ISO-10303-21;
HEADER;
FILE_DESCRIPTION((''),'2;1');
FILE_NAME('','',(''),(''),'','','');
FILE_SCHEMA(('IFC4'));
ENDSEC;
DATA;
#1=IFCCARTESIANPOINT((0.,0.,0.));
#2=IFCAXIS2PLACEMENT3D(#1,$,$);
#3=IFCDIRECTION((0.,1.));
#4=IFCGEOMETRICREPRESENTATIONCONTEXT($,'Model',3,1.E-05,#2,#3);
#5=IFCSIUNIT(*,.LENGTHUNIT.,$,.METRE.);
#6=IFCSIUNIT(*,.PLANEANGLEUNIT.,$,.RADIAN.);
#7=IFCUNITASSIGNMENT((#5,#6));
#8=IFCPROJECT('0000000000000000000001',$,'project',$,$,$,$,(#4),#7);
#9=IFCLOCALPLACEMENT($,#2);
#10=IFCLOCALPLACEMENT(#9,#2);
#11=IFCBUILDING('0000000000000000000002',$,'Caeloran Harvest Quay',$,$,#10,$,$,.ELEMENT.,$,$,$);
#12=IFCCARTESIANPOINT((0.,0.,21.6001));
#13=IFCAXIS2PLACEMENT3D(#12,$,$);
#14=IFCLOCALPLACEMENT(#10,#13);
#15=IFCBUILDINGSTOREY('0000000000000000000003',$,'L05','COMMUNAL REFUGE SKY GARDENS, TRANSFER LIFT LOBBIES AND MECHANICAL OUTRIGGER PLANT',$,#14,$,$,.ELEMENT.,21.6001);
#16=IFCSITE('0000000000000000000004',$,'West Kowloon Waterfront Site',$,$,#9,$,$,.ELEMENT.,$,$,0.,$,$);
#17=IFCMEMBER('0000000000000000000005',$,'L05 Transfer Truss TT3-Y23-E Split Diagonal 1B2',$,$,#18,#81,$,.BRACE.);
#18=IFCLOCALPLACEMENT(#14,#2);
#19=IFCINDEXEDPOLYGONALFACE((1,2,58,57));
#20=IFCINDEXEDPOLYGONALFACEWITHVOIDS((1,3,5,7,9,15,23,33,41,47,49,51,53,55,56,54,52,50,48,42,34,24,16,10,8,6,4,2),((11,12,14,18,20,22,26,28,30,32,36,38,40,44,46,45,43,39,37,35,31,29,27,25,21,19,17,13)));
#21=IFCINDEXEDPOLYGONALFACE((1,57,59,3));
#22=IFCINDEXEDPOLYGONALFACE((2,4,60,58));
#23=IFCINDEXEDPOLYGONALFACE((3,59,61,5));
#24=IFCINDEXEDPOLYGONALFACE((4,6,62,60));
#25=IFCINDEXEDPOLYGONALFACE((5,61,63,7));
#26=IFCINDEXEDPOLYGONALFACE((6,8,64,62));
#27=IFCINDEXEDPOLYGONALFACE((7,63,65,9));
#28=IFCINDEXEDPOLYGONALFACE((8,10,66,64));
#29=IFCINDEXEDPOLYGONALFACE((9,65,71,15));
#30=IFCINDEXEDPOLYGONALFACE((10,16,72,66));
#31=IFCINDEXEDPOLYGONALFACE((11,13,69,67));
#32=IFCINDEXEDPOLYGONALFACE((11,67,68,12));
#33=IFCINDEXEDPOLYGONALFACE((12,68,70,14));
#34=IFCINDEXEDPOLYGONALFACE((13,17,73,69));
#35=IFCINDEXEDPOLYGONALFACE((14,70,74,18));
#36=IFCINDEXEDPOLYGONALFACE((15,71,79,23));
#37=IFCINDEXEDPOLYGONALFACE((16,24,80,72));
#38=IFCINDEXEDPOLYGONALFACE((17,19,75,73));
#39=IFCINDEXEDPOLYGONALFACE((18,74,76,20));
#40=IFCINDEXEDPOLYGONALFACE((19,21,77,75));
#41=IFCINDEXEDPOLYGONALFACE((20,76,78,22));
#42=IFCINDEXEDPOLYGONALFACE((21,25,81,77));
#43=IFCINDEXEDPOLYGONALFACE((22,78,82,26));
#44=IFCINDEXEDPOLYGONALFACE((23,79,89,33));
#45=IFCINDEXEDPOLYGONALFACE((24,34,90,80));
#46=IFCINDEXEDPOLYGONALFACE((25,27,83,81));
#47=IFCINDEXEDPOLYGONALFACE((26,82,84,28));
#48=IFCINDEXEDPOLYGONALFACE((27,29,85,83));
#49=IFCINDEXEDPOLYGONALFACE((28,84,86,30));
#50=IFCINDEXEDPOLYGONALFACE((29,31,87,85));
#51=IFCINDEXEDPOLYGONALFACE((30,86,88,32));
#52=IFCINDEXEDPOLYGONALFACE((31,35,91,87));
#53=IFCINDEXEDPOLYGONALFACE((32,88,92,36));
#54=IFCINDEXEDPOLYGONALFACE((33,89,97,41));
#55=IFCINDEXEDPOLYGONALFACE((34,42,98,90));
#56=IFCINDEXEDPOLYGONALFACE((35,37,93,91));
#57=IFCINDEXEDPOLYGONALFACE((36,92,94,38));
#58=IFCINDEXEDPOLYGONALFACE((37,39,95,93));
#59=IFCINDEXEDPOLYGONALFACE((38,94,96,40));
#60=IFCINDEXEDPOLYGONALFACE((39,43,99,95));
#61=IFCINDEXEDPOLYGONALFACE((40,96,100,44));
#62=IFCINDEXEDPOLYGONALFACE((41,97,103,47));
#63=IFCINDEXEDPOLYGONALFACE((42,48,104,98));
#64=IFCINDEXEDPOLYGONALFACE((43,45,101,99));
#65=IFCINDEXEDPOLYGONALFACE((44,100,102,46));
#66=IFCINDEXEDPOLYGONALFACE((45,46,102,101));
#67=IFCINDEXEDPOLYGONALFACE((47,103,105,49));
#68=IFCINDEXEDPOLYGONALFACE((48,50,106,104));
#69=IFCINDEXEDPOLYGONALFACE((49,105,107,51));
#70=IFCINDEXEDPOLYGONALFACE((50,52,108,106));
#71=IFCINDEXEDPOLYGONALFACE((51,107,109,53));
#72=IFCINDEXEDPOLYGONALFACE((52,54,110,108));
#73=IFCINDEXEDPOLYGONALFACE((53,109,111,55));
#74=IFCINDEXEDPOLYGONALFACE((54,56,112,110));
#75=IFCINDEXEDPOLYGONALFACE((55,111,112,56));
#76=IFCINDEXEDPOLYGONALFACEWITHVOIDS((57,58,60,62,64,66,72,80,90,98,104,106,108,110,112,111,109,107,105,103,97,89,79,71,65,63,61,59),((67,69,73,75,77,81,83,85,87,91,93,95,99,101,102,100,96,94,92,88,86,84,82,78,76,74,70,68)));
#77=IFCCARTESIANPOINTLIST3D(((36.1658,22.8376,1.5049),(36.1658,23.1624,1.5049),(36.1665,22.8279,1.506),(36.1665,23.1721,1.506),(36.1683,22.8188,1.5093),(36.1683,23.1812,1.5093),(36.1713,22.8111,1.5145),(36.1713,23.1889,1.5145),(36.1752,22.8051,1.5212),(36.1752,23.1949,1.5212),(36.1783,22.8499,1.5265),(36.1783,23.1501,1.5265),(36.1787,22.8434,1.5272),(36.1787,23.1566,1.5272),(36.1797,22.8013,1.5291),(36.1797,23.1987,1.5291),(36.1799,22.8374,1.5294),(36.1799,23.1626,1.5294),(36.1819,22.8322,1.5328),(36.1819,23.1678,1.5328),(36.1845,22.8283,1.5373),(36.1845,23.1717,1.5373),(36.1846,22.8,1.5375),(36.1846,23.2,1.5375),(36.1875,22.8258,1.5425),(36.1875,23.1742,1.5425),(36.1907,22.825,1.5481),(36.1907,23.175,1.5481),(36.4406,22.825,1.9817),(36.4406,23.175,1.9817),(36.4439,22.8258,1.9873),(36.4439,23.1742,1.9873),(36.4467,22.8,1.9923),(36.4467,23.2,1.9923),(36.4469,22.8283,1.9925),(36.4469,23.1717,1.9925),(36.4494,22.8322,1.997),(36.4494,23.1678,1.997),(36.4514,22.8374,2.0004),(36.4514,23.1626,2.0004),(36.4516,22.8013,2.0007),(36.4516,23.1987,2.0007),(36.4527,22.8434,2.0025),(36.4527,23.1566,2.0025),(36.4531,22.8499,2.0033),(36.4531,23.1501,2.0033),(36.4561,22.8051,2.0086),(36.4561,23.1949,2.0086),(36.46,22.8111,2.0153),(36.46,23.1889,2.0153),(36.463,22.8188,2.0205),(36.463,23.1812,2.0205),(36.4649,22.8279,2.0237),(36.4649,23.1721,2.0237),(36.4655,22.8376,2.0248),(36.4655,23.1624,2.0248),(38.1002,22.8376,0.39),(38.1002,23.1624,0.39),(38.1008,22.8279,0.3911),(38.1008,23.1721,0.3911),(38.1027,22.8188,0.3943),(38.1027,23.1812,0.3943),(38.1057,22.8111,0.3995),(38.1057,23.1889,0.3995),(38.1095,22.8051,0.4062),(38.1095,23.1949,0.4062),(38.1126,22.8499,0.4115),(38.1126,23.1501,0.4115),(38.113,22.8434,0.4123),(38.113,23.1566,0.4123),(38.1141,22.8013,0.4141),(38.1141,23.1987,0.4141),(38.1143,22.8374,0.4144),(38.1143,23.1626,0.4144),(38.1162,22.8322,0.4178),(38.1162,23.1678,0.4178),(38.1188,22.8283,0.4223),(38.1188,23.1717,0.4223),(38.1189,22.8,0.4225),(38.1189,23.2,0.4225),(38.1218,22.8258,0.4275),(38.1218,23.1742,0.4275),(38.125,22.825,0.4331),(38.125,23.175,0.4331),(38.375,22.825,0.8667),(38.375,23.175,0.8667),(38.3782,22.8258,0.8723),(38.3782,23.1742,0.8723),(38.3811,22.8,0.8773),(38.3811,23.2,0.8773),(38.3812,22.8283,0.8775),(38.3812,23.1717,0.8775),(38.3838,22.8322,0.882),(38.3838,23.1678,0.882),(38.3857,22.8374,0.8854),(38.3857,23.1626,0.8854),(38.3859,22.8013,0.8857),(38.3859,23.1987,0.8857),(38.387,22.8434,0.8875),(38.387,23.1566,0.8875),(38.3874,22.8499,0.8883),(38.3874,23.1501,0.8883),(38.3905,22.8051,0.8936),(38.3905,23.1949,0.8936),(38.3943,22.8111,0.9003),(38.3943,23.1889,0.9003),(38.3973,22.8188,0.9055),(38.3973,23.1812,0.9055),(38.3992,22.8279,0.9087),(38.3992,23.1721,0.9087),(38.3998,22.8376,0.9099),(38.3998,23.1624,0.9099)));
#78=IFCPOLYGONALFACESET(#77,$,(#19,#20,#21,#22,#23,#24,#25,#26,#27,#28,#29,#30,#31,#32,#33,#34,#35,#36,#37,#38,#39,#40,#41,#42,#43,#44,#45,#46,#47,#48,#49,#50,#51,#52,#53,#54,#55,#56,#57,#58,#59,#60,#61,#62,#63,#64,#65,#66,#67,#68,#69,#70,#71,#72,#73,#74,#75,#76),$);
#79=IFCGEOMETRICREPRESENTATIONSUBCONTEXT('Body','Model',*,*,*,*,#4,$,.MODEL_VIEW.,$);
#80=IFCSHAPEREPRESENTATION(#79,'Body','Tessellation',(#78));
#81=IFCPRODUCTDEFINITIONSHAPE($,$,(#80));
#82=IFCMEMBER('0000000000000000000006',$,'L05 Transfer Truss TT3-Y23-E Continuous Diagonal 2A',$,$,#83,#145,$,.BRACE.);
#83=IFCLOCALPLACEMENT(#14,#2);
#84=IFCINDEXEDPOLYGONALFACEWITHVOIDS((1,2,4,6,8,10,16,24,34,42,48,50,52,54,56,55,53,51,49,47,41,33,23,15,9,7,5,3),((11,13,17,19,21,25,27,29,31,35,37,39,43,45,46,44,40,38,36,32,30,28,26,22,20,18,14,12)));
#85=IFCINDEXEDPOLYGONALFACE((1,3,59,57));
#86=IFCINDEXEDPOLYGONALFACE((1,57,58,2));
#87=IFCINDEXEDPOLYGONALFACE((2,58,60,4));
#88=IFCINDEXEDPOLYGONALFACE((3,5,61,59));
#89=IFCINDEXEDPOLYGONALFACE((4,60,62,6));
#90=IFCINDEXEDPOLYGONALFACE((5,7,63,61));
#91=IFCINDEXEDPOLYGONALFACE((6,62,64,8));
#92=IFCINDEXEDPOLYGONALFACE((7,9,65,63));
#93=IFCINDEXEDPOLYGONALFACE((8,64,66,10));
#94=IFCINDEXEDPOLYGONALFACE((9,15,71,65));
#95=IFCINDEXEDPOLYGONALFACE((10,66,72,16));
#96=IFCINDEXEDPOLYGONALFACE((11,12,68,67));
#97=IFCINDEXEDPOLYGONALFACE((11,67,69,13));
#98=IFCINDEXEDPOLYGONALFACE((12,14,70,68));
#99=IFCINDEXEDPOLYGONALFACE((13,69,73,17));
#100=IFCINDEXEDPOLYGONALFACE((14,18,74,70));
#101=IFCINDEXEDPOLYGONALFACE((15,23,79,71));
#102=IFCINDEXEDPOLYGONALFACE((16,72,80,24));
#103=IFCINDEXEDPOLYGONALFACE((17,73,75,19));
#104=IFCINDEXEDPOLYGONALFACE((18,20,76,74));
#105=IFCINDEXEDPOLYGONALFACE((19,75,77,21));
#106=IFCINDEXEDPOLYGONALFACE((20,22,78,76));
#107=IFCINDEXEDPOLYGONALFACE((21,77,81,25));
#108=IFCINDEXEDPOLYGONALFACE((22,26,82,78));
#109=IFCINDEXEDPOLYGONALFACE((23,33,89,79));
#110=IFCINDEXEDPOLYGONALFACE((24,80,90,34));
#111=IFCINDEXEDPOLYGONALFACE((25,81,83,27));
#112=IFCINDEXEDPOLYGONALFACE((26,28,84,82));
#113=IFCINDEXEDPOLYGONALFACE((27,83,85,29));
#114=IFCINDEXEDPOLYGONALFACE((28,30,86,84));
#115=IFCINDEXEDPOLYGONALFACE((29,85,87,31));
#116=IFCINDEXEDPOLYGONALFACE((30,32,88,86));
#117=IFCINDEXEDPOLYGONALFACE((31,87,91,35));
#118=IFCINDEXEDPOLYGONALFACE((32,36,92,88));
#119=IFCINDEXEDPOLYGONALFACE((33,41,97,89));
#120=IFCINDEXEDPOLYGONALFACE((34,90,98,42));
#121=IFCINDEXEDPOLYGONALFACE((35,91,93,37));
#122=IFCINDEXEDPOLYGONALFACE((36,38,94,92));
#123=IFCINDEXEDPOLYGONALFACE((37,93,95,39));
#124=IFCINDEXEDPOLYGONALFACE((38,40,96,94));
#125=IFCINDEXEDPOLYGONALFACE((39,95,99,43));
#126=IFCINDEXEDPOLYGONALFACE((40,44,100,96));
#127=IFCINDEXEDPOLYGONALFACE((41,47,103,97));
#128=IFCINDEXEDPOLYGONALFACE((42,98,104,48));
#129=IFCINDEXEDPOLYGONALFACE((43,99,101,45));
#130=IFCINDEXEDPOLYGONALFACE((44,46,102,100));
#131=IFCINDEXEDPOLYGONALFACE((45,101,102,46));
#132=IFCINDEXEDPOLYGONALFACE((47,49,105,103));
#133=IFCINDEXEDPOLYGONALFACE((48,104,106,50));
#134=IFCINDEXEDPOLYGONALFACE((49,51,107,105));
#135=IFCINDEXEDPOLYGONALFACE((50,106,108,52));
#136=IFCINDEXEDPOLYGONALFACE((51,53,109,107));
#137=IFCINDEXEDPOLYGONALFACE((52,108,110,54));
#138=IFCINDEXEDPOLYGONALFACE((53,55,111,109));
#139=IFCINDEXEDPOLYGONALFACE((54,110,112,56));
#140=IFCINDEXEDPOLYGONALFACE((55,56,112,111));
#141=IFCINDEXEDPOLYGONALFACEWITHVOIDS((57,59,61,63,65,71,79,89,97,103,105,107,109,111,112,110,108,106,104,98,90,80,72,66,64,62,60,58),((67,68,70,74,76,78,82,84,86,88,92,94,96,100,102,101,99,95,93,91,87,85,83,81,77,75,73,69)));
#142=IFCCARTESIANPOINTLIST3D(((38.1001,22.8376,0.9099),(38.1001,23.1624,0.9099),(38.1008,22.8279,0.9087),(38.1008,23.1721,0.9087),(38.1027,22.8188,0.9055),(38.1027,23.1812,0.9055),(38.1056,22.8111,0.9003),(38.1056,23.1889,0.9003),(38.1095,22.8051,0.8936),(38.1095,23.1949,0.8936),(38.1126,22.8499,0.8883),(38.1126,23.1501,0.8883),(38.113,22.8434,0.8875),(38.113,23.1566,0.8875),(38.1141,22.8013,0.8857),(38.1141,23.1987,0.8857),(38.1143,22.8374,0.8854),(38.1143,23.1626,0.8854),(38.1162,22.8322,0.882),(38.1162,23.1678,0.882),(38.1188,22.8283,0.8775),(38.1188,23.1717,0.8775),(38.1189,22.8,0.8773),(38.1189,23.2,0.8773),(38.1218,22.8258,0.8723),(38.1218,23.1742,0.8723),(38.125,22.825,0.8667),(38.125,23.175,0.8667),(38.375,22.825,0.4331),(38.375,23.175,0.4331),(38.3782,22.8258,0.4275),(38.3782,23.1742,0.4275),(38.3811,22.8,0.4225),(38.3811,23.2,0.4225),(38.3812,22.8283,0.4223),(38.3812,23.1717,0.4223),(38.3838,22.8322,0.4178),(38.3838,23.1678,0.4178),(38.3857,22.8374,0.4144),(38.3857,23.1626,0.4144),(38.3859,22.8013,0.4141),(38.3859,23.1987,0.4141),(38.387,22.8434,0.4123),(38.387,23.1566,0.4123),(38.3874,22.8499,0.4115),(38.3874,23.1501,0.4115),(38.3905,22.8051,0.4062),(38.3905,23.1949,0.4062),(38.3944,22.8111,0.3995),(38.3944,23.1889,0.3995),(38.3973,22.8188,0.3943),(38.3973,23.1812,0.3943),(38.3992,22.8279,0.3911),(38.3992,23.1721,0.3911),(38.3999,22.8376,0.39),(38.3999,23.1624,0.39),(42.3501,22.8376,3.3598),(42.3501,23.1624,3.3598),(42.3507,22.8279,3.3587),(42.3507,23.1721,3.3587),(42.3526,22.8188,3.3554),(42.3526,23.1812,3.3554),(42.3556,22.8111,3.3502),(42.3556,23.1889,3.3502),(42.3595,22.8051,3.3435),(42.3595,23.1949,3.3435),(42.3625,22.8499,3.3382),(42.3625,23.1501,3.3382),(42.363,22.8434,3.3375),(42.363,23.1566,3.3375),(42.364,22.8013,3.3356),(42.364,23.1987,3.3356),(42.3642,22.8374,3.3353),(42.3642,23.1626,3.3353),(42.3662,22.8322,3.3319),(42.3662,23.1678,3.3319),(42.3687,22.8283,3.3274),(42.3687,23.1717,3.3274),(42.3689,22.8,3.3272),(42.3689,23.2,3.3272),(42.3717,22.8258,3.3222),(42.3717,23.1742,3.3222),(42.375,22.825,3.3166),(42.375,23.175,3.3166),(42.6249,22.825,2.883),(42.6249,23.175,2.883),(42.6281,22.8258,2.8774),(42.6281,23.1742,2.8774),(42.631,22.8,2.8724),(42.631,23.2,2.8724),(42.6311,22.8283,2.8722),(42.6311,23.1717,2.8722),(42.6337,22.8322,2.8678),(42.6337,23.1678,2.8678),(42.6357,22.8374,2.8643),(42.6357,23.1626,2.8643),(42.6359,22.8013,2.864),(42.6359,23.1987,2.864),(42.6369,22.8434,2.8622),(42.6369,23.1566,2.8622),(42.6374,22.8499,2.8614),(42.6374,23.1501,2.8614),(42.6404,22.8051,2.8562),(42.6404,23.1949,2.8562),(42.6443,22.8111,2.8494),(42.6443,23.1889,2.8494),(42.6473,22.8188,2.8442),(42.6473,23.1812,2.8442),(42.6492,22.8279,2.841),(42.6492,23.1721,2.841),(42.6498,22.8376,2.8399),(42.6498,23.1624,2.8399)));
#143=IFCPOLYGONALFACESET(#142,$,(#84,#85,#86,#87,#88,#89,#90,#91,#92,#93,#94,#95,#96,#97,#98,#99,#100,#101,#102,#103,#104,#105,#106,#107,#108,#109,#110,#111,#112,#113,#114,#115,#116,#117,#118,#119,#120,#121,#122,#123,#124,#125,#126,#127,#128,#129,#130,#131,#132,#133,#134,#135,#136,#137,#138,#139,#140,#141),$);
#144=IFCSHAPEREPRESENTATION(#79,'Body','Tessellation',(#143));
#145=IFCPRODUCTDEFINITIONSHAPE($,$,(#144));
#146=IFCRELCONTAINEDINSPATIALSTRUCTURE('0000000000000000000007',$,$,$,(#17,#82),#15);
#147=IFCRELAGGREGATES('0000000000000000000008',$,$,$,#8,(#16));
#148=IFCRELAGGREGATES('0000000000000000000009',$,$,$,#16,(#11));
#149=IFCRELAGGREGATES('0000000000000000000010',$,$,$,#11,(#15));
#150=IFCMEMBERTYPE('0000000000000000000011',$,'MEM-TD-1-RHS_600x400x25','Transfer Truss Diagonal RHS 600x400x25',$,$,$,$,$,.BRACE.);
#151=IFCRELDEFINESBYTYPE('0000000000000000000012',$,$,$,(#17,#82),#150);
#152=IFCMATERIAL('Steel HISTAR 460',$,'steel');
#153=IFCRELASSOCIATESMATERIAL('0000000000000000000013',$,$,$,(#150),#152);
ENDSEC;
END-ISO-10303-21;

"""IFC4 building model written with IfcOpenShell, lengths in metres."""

from ifc_helpers import new_model, si_unit, direction, frame, origin, origin_2d, place, context, subcontext, project, spatial, hollow_rectangle, extrude, material, material_profile, profile_set, type_object, element, save


model = new_model("IFC4")

# Units and contexts
model_context = context("Model", 3, precision=1e-05, world=origin(), true_north=direction((0.0, 1.0)))
body_context = subcontext(model_context, "Body", "Model", "MODEL_VIEW")
ifc_project = project(units=[si_unit("LENGTHUNIT", "METRE"), si_unit("PLANEANGLEUNIT", "RADIAN")], contexts=[model_context])

# Site, building, storey
site_placement = place(None, origin())
site = spatial("IfcSite", under=ifc_project, at=site_placement, Name="West Kowloon Waterfront Site", CompositionType="ELEMENT", RefElevation=0.0)
building_placement = place(site_placement, origin())
building = spatial("IfcBuilding", under=site, at=building_placement, Name="Caeloran Harvest Quay", CompositionType="ELEMENT")
storey_placement = place(building_placement, frame((0.0, 0.0, 21.6001)))
storey = spatial("IfcBuildingStorey", under=building, at=storey_placement, Name="L05", Description="COMMUNAL REFUGE SKY GARDENS, TRANSFER LIFT LOBBIES AND MECHANICAL OUTRIGGER PLANT", CompositionType="ELEMENT", Elevation=21.6001)

# Shared definitions
ifc_material_1 = material(Name="Steel HISTAR 460", Category="steel")

# Members
ifc_material_profile_1 = material_profile(ifc_material_1, hollow_rectangle(XDim=0.3999, YDim=0.6001, WallThickness=0.0249, InnerFilletRadius=0.0249, OuterFilletRadius=0.0376, at=origin_2d()), Name="RHS 600x400x25")
ifc_profile_set_1 = profile_set([ifc_material_profile_1], Name="Steel HISTAR 460")
member_type_1 = type_object("IfcMemberType", Name="MEM-TD-1-RHS_600x400x25", Description="Transfer Truss Diagonal RHS 600x400x25", PredefinedType="BRACE", material=ifc_profile_set_1)
for number, where, z_axis, x_axis, name in (
    (1, (36.3157, 23.0, 1.7649), (0.866373, 0.0, -0.499397), (0.0, 1.0, 0.0), "L05 Transfer Truss TT3-Y23-E Split Diagonal 1B2"),
):
    element("IfcMember", number, at=place(storey_placement, frame(where, z_axis=z_axis, x_axis=x_axis)), inside=storey, type_object=member_type_1, Name=name, PredefinedType="BRACE", context=body_context, shape_type="SweptSolid", body=[
        extrude(hollow_rectangle(XDim=0.3999, YDim=0.6001, WallThickness=0.0249, InnerFilletRadius=0.0249, OuterFilletRadius=0.0376, at=origin_2d()), origin(), (0.0, 0.0, 1.0), 2.2327),
    ])
member_1_placement = place(storey_placement, frame((38.25, 23.0, 0.6499), z_axis=(0.86636, 0.0, 0.499421), x_axis=(0.0, 1.0, 0.0)))
element("IfcMember", 2, at=member_1_placement, inside=storey, type_object=member_type_1, Name="L05 Transfer Truss TT3-Y23-E Continuous Diagonal 2A", PredefinedType="BRACE", context=body_context, shape_type="SweptSolid", body=[
    extrude(hollow_rectangle(XDim=0.3999, YDim=0.6001, WallThickness=0.0249, InnerFilletRadius=0.0249, OuterFilletRadius=0.0376, at=origin_2d()), origin(), (0.0, 0.0, 1.0), 4.9055),
])

save(model, "model.ifc")
